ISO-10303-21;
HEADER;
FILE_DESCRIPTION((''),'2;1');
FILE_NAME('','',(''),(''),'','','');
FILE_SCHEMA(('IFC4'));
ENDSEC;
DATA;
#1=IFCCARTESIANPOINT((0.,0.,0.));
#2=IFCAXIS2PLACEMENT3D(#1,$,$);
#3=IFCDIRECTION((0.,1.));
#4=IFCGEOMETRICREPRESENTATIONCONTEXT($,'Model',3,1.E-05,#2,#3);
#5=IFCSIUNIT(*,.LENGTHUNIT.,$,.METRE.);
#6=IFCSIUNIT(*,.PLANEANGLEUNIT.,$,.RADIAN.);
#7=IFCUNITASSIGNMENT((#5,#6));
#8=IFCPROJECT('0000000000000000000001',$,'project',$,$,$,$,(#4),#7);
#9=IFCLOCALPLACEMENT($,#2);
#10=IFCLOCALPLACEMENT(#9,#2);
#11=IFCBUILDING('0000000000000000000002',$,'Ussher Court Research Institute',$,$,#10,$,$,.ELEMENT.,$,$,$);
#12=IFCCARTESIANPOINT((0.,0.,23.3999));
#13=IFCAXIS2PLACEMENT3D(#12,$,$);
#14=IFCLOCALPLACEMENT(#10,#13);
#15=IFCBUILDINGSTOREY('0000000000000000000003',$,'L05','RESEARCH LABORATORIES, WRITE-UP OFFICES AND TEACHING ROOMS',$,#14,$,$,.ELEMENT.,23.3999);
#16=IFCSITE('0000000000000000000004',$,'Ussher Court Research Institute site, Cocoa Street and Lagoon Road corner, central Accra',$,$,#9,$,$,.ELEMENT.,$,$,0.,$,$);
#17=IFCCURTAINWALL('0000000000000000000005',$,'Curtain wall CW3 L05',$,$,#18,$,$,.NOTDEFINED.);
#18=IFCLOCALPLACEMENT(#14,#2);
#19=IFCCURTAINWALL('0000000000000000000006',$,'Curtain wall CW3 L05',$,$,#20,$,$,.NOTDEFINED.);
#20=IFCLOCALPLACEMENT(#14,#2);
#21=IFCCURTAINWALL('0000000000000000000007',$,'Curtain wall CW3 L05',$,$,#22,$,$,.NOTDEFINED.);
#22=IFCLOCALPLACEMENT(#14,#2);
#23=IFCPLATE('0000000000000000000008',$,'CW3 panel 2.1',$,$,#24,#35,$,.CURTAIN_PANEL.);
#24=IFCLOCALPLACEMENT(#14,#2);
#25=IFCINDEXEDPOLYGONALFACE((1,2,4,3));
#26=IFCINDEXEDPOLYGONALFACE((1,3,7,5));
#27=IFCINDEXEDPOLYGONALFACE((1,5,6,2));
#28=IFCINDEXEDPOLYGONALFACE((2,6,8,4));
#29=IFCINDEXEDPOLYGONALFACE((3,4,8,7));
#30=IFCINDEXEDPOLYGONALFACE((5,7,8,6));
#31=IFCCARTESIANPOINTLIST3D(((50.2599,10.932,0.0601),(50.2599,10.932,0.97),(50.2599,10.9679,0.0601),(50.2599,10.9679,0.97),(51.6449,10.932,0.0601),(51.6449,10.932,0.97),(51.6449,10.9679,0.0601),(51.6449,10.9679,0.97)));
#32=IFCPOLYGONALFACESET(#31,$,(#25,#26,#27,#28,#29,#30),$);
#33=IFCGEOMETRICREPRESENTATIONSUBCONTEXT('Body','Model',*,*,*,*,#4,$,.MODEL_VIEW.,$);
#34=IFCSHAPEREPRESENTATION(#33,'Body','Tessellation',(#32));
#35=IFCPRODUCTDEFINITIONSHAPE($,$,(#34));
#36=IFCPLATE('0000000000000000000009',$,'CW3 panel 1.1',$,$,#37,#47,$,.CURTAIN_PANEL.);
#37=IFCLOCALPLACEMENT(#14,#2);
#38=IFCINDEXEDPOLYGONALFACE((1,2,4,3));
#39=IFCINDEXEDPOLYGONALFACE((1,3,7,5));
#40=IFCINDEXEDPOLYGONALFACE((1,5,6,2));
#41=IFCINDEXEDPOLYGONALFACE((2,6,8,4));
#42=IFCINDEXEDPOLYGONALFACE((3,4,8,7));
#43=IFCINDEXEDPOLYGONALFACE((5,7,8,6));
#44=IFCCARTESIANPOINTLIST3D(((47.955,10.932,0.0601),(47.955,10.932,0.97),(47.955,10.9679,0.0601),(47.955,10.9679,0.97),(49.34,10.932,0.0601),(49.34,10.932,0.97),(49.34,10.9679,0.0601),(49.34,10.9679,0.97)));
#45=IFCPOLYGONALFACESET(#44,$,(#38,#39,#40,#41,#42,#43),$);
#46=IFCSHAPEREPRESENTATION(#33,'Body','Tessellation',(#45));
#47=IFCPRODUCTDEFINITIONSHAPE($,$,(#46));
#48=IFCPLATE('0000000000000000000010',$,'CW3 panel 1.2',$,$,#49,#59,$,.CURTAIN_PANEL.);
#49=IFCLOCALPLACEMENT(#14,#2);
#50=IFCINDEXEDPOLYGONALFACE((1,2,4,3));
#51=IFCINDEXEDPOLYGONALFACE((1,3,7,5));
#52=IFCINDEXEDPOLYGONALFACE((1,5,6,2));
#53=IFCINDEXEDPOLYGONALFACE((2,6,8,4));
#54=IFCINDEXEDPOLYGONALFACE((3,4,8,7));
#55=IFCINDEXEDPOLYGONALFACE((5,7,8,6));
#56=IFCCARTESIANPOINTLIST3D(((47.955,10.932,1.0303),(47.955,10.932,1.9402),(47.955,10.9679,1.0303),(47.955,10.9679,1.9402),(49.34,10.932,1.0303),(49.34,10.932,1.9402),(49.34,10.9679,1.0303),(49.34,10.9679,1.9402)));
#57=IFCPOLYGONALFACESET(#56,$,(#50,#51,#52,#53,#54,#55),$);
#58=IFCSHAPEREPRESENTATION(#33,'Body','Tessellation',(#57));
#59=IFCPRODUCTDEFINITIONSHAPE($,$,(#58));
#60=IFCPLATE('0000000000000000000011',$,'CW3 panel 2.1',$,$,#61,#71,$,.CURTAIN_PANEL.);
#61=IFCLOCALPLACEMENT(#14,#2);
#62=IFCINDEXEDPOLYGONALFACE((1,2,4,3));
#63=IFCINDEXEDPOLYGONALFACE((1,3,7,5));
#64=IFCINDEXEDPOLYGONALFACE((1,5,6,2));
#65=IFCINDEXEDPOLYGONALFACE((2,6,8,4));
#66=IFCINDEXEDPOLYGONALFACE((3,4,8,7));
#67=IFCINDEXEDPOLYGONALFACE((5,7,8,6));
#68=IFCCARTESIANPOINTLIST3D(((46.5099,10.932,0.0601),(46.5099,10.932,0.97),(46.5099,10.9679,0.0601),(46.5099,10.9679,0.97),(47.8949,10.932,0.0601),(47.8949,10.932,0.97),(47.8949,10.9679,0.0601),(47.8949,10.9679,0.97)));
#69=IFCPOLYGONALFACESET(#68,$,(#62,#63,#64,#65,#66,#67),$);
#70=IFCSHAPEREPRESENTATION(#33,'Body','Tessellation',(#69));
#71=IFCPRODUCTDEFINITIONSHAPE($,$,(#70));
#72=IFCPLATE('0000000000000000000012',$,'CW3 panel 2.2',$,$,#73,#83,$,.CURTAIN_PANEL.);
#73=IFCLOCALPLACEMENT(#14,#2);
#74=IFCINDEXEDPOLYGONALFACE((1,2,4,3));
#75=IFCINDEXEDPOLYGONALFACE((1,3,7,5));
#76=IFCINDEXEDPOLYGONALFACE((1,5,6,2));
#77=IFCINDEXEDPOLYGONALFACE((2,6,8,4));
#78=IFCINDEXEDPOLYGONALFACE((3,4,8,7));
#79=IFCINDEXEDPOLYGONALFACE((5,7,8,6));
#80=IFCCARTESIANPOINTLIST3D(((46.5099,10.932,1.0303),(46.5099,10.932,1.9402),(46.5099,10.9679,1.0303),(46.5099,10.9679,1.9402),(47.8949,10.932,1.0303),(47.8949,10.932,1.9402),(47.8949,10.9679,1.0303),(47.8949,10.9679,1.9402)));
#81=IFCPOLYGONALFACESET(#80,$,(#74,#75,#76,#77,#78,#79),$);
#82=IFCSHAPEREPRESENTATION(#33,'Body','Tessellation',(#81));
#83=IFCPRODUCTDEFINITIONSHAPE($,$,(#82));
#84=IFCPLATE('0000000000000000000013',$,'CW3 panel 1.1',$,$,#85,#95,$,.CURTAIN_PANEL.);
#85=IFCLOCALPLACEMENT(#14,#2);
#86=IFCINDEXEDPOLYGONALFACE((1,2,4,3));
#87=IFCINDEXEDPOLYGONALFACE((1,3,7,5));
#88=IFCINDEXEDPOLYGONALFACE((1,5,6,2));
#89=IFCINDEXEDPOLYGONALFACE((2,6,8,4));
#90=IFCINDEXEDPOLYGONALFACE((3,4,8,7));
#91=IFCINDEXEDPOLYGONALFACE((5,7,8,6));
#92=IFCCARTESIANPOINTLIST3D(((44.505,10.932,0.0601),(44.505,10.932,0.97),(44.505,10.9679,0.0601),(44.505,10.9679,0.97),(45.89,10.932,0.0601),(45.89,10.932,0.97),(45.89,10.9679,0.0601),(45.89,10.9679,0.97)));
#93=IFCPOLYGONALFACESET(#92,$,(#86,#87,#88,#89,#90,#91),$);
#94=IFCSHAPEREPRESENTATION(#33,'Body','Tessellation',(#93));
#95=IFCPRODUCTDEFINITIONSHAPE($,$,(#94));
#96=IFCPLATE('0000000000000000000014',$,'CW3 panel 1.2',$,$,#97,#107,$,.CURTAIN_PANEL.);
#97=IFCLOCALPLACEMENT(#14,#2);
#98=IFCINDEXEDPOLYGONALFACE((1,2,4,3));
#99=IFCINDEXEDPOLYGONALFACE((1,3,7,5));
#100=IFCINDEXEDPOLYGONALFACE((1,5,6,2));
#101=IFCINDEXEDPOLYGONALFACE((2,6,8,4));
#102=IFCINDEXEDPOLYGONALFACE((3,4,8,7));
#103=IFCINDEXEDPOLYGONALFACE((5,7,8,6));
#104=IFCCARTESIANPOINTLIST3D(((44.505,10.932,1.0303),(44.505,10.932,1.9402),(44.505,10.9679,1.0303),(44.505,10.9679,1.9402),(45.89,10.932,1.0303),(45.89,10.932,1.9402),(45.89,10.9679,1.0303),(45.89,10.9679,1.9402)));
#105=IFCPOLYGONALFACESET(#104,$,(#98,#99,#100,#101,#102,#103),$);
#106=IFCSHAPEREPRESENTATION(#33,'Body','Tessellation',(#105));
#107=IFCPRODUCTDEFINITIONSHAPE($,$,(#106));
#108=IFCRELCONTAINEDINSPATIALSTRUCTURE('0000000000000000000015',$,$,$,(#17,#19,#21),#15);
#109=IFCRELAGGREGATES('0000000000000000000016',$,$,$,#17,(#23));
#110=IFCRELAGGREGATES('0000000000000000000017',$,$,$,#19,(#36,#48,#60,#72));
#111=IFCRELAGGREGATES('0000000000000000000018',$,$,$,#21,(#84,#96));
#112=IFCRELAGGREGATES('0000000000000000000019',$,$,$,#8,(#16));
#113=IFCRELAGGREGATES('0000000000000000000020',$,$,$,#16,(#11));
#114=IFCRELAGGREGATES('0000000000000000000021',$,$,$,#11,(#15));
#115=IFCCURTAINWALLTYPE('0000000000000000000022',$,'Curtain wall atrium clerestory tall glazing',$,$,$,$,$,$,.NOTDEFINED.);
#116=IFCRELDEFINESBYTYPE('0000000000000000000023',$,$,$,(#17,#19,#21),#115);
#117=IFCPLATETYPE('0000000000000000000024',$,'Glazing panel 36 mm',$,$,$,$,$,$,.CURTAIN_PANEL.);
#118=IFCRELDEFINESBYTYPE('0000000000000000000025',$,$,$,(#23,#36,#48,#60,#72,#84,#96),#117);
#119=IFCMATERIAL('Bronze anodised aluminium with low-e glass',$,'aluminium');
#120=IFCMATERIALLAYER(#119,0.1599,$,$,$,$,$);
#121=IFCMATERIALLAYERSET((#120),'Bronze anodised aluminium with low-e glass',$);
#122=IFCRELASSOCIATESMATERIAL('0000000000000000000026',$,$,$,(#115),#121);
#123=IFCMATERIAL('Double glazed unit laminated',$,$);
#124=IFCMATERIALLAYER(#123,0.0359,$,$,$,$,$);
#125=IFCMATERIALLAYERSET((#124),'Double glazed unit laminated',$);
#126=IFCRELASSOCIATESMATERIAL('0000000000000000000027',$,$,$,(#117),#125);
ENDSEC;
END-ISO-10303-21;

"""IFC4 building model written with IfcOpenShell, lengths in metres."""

from ifc_helpers import new_model, si_unit, direction, frame, origin, origin_2d, place, context, subcontext, project, spatial, rectangle, extrude, material, layer, layer_set, type_object, element, aggregate, save


model = new_model("IFC4")

# Units and contexts
model_context = context("Model", 3, precision=1e-05, world=origin(), true_north=direction((0.0, 1.0)))
body_context = subcontext(model_context, "Body", "Model", "MODEL_VIEW")
ifc_project = project(units=[si_unit("LENGTHUNIT", "METRE"), si_unit("PLANEANGLEUNIT", "RADIAN")], contexts=[model_context])

# Site, building, storey
site_placement = place(None, origin())
site = spatial("IfcSite", under=ifc_project, at=site_placement, Name="Ussher Court Research Institute site, Cocoa Street and Lagoon Road corner, central Accra", CompositionType="ELEMENT", RefElevation=0.0)
building_placement = place(site_placement, origin())
building = spatial("IfcBuilding", under=site, at=building_placement, Name="Ussher Court Research Institute", CompositionType="ELEMENT")
storey_placement = place(building_placement, frame((0.0, 0.0, 23.3999)))
storey = spatial("IfcBuildingStorey", under=building, at=storey_placement, Name="L05", Description="RESEARCH LABORATORIES, WRITE-UP OFFICES AND TEACHING ROOMS", CompositionType="ELEMENT", Elevation=23.3999)

# Curtain wall
ifc_material_1 = material(Name="Bronze anodised aluminium with low-e glass", Category="aluminium")
ifc_layer_1 = layer(ifc_material_1, 0.1599)
ifc_layer_set_1 = layer_set([ifc_layer_1], Name="Bronze anodised aluminium with low-e glass")
curtain_wall_type = type_object("IfcCurtainWallType", Name="Curtain wall atrium clerestory tall glazing", PredefinedType="NOTDEFINED", material=ifc_layer_set_1)
curtain_wall_1_placement = place(storey_placement, origin())
curtain_wall_1 = element("IfcCurtainWall", 1, at=curtain_wall_1_placement, inside=storey, type_object=curtain_wall_type, Name="Curtain wall CW3 L05", PredefinedType="NOTDEFINED")

# Curtain wall
curtain_wall_2_placement = place(storey_placement, origin())
curtain_wall_2 = element("IfcCurtainWall", 2, at=curtain_wall_2_placement, inside=storey, type_object=curtain_wall_type, Name="Curtain wall CW3 L05", PredefinedType="NOTDEFINED")

# Curtain wall
curtain_wall_3_placement = place(storey_placement, origin())
curtain_wall_3 = element("IfcCurtainWall", 3, at=curtain_wall_3_placement, inside=storey, type_object=curtain_wall_type, Name="Curtain wall CW3 L05", PredefinedType="NOTDEFINED")

# Plates
ifc_material_2 = material(Name="Double glazed unit laminated")
ifc_layer_2 = layer(ifc_material_2, 0.0359)
ifc_layer_set_2 = layer_set([ifc_layer_2], Name="Double glazed unit laminated")
plate_type = type_object("IfcPlateType", Name="Glazing panel 36 mm", PredefinedType="CURTAIN_PANEL", material=ifc_layer_set_2)
plate_1_placement = place(storey_placement, frame((50.9524, 10.95, 0.0601), z_axis=(0.0, 0.0, 1.0), x_axis=(-1.0, 0.0, 0.0)))
plate_1 = element("IfcPlate", 4, at=plate_1_placement, type_object=plate_type, Name="CW3 panel 2.1", PredefinedType="CURTAIN_PANEL", context=body_context, shape_type="SweptSolid", body=[
    extrude(rectangle(XDim=1.385, YDim=0.0359, at=origin_2d()), origin(), (0.0, 0.0, 1.0), 0.9099),
])
aggregate(curtain_wall_1, [plate_1])
plate_2_placement = place(storey_placement, frame((48.6475, 10.95, 0.0601), z_axis=(0.0, 0.0, 1.0), x_axis=(-1.0, 0.0, 0.0)))
plate_2 = element("IfcPlate", 5, at=plate_2_placement, type_object=plate_type, Name="CW3 panel 1.1", PredefinedType="CURTAIN_PANEL", context=body_context, shape_type="SweptSolid", body=[
    extrude(rectangle(XDim=1.385, YDim=0.0359, at=origin_2d()), origin(), (0.0, 0.0, 1.0), 0.9099),
])
plate_3_placement = place(storey_placement, frame((48.6475, 10.95, 1.0303), z_axis=(0.0, 0.0, 1.0), x_axis=(-1.0, 0.0, 0.0)))
plate_3 = element("IfcPlate", 6, at=plate_3_placement, type_object=plate_type, Name="CW3 panel 1.2", PredefinedType="CURTAIN_PANEL", context=body_context, shape_type="SweptSolid", body=[
    extrude(rectangle(XDim=1.385, YDim=0.0359, at=origin_2d()), origin(), (0.0, 0.0, 1.0), 0.9099),
])
plate_4_placement = place(storey_placement, frame((47.2024, 10.95, 0.0601), z_axis=(0.0, 0.0, 1.0), x_axis=(-1.0, 0.0, 0.0)))
plate_4 = element("IfcPlate", 7, at=plate_4_placement, type_object=plate_type, Name="CW3 panel 2.1", PredefinedType="CURTAIN_PANEL", context=body_context, shape_type="SweptSolid", body=[
    extrude(rectangle(XDim=1.385, YDim=0.0359, at=origin_2d()), origin(), (0.0, 0.0, 1.0), 0.9099),
])
plate_5_placement = place(storey_placement, frame((47.2024, 10.95, 1.0303), z_axis=(0.0, 0.0, 1.0), x_axis=(-1.0, 0.0, 0.0)))
plate_5 = element("IfcPlate", 8, at=plate_5_placement, type_object=plate_type, Name="CW3 panel 2.2", PredefinedType="CURTAIN_PANEL", context=body_context, shape_type="SweptSolid", body=[
    extrude(rectangle(XDim=1.385, YDim=0.0359, at=origin_2d()), origin(), (0.0, 0.0, 1.0), 0.9099),
])
aggregate(curtain_wall_2, [plate_2, plate_3, plate_4, plate_5])
plate_6_placement = place(storey_placement, frame((45.1975, 10.95, 0.0601), z_axis=(0.0, 0.0, 1.0), x_axis=(-1.0, 0.0, 0.0)))
plate_6 = element("IfcPlate", 9, at=plate_6_placement, type_object=plate_type, Name="CW3 panel 1.1", PredefinedType="CURTAIN_PANEL", context=body_context, shape_type="SweptSolid", body=[
    extrude(rectangle(XDim=1.385, YDim=0.0359, at=origin_2d()), origin(), (0.0, 0.0, 1.0), 0.9099),
])
plate_7_placement = place(storey_placement, frame((45.1975, 10.95, 1.0303), z_axis=(0.0, 0.0, 1.0), x_axis=(-1.0, 0.0, 0.0)))
plate_7 = element("IfcPlate", 10, at=plate_7_placement, type_object=plate_type, Name="CW3 panel 1.2", PredefinedType="CURTAIN_PANEL", context=body_context, shape_type="SweptSolid", body=[
    extrude(rectangle(XDim=1.385, YDim=0.0359, at=origin_2d()), origin(), (0.0, 0.0, 1.0), 0.9099),
])
aggregate(curtain_wall_3, [plate_6, plate_7])

save(model, "model.ifc")
